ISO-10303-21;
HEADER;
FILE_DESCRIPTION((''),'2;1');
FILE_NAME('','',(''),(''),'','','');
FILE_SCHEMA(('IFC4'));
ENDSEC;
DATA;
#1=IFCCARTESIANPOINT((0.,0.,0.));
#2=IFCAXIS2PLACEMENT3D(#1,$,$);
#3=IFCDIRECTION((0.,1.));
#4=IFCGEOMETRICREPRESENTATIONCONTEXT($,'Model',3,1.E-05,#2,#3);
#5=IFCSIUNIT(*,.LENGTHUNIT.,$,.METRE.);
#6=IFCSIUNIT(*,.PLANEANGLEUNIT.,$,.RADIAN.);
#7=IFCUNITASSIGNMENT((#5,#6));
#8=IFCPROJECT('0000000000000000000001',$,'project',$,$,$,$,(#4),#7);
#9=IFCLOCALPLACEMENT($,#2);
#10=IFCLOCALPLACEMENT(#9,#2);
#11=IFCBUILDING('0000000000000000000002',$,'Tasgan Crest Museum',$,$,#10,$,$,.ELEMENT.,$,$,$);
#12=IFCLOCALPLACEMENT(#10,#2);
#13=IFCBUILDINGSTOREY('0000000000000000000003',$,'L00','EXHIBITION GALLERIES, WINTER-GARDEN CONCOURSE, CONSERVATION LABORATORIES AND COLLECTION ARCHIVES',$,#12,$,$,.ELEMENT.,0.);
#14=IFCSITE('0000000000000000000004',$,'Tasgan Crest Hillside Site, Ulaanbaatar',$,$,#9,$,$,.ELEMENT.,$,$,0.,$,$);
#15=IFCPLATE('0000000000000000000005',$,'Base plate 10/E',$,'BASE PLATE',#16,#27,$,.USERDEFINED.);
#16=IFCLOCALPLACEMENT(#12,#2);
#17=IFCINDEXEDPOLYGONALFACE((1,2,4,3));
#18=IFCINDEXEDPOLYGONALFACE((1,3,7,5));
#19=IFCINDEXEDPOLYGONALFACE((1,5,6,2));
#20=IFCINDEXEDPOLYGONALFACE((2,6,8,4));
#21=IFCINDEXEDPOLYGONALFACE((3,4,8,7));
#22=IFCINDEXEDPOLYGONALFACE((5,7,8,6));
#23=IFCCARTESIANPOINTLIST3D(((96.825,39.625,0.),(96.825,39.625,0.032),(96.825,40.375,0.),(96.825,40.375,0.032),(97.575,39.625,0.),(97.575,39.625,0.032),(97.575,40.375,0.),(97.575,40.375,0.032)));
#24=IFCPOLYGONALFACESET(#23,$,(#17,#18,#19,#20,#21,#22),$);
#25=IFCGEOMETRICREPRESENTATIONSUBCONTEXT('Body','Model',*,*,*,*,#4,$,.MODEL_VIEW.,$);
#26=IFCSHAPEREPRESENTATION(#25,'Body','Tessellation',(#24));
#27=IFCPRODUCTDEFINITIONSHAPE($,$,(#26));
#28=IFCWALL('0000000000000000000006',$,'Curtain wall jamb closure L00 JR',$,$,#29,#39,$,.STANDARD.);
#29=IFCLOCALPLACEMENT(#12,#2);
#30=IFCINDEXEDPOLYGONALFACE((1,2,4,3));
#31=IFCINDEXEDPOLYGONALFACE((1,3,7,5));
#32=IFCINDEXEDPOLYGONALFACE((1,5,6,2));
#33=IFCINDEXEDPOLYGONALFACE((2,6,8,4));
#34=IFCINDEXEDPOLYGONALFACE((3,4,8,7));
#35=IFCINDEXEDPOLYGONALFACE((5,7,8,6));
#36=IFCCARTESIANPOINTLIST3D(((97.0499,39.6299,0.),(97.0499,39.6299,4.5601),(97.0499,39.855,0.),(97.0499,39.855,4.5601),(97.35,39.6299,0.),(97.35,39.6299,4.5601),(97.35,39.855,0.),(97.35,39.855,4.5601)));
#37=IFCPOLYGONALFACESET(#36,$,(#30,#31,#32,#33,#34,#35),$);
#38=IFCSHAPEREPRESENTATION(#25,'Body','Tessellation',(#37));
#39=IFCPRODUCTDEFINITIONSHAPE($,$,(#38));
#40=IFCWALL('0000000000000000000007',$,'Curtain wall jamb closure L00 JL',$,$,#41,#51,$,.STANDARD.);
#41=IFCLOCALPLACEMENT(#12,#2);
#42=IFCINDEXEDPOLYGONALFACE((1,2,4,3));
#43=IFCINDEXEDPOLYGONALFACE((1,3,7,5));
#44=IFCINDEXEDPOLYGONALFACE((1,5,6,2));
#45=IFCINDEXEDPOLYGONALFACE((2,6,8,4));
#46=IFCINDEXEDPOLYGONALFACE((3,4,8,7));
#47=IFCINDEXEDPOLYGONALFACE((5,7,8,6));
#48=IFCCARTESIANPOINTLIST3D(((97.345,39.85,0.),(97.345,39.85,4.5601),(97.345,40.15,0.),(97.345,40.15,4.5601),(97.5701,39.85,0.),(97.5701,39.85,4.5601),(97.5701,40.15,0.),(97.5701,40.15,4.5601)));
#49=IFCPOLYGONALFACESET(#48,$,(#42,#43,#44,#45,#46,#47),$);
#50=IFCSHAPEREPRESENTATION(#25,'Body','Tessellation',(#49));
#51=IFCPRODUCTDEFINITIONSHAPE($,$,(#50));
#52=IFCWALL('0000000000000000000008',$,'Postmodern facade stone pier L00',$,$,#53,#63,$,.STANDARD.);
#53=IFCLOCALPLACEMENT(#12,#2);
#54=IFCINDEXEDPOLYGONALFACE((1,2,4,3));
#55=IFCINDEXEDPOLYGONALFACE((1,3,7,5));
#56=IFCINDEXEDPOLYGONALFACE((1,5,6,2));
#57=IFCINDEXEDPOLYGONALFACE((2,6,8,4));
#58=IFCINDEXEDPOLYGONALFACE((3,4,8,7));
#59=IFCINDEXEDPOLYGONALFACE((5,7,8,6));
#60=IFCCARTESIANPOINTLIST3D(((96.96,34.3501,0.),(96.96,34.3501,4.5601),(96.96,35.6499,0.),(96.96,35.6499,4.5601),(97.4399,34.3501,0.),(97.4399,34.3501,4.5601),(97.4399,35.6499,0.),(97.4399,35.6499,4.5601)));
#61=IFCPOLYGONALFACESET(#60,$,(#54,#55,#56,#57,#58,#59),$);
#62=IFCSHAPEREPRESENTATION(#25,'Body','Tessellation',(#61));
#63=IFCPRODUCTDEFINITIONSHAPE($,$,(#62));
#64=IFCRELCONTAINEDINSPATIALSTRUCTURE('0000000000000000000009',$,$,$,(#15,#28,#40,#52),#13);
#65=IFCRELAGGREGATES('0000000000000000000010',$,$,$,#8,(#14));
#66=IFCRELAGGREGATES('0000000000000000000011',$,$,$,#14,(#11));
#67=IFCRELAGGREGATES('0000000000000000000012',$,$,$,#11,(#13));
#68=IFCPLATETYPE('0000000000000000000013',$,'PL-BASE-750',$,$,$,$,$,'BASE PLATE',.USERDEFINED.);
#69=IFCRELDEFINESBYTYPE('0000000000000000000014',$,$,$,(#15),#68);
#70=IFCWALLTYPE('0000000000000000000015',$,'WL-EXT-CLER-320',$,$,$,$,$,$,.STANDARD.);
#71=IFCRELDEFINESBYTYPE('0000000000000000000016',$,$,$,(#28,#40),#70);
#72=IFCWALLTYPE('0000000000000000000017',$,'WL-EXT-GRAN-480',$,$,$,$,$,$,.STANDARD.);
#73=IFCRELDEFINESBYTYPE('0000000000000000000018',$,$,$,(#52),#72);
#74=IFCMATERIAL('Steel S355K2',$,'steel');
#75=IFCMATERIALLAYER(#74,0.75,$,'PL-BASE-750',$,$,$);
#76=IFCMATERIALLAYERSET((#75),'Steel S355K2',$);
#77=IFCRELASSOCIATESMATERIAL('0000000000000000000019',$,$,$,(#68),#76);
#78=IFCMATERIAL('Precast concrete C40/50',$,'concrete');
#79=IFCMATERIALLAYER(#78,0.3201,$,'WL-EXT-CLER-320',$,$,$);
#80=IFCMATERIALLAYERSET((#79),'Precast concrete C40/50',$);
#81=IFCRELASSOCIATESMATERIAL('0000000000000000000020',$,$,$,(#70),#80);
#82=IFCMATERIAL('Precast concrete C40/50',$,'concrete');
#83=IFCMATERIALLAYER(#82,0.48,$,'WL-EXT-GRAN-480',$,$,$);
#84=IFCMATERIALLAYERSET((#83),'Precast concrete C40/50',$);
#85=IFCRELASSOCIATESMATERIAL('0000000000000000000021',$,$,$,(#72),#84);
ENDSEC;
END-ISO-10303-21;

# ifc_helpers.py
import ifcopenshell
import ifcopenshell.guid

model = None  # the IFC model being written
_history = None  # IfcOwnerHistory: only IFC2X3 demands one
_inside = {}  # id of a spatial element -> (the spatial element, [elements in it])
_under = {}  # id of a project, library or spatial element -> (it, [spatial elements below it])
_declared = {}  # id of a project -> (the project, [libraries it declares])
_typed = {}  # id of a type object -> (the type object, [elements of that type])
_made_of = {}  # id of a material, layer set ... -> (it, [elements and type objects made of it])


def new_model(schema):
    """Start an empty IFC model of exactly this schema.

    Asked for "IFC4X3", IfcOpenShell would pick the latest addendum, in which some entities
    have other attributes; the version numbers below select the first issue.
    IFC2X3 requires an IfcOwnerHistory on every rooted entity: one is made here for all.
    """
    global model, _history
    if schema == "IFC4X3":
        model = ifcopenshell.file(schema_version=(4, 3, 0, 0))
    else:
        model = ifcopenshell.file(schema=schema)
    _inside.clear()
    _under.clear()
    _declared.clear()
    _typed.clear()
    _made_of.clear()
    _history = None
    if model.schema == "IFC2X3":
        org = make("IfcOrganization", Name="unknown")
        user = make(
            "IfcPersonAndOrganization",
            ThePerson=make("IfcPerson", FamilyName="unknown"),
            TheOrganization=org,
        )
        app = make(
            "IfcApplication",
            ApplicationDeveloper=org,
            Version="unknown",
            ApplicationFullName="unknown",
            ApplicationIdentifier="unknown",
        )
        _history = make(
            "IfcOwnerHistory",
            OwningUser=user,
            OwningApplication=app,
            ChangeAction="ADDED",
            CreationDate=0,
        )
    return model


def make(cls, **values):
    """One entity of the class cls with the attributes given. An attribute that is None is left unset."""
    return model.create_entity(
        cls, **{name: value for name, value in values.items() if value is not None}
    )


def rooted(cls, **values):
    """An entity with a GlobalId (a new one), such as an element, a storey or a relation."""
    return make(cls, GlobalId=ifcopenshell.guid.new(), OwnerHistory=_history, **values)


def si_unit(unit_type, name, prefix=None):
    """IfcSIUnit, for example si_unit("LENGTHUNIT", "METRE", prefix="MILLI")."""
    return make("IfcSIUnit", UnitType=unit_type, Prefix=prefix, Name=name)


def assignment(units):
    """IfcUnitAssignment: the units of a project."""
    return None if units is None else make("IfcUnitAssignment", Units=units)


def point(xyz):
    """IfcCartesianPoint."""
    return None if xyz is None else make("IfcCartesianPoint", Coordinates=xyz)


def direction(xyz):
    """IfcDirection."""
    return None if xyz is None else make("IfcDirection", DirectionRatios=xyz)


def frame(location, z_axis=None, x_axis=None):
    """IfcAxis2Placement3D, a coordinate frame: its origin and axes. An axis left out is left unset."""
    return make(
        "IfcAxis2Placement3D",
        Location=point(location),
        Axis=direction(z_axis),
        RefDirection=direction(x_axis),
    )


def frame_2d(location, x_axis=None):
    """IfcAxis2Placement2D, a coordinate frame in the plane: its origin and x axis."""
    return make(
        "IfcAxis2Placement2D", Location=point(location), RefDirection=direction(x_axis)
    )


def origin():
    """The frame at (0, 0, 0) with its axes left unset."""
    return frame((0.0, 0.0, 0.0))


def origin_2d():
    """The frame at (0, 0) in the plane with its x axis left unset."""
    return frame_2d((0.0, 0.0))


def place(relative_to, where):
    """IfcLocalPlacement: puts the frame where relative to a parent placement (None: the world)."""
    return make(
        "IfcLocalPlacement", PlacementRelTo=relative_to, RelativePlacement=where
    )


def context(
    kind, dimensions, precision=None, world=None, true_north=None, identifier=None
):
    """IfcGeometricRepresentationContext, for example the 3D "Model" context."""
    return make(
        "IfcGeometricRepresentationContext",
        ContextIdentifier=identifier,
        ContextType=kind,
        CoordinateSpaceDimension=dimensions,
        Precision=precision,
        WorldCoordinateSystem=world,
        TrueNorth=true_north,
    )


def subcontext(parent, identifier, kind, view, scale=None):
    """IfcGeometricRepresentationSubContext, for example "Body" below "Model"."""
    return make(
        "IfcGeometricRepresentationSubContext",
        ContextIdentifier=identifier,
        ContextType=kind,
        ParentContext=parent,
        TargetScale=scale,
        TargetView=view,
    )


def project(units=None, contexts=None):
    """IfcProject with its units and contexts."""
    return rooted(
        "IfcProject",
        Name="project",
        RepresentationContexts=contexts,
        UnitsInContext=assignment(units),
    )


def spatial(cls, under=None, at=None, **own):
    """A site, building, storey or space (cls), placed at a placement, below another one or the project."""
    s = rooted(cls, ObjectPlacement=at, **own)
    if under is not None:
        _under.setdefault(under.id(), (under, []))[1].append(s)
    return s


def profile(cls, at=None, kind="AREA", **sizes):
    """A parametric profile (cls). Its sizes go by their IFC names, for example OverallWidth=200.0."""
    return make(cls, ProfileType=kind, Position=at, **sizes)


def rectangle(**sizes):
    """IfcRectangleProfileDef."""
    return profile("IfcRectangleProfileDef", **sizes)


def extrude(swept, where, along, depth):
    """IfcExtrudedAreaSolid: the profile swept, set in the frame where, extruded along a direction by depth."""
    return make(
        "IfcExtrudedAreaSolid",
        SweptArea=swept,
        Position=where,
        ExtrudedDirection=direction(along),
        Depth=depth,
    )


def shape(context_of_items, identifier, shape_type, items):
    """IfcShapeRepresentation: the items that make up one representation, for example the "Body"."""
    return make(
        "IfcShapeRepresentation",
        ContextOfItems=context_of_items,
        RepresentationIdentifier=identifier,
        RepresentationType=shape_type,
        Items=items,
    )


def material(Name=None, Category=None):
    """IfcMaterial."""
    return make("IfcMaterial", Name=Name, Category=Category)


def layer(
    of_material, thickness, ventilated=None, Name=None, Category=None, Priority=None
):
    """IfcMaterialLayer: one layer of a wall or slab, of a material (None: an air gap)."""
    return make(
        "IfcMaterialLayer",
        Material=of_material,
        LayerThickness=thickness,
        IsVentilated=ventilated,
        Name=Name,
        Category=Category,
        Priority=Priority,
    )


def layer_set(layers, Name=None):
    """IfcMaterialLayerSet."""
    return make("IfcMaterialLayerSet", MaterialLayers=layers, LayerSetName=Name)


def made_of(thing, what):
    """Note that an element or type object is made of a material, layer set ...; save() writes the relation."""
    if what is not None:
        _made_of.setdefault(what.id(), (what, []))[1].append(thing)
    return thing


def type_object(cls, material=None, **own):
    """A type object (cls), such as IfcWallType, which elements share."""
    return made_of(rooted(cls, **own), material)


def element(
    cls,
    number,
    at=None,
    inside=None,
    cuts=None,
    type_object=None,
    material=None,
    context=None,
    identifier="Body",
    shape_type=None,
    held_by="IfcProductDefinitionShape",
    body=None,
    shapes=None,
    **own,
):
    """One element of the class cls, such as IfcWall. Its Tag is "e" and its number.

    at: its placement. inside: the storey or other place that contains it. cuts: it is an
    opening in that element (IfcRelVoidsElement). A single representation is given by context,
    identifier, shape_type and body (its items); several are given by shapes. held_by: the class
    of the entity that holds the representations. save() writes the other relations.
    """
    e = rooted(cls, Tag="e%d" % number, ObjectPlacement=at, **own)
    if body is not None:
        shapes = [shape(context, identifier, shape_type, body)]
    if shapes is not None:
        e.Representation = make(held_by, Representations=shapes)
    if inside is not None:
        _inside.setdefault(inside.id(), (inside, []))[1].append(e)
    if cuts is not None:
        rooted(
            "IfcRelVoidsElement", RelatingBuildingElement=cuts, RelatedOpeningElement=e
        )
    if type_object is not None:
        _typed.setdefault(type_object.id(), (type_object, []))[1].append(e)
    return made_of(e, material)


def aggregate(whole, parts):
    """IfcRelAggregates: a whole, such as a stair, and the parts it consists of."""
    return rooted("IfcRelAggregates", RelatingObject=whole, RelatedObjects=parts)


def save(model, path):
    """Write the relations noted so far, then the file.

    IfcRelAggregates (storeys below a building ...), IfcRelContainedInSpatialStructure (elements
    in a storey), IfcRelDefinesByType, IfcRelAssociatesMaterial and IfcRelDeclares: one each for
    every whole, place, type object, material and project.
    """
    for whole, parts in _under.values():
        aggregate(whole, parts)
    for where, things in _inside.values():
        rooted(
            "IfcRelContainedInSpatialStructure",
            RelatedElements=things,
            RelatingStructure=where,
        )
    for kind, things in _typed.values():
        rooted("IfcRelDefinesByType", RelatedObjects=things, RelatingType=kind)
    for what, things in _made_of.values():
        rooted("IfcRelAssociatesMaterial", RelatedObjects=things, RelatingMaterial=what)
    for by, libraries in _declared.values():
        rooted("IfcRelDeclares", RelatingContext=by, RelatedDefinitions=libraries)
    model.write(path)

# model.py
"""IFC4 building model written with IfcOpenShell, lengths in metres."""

from ifc_helpers import new_model, si_unit, direction, frame, frame_2d, origin, origin_2d, place, context, subcontext, project, spatial, rectangle, extrude, material, layer, layer_set, type_object, element, save


model = new_model("IFC4")

# Units and contexts
model_context = context("Model", 3, precision=1e-05, world=origin(), true_north=direction((0.0, 1.0)))
body_context = subcontext(model_context, "Body", "Model", "MODEL_VIEW")
ifc_project = project(units=[si_unit("LENGTHUNIT", "METRE"), si_unit("PLANEANGLEUNIT", "RADIAN")], contexts=[model_context])

# Site, building, storey
site_placement = place(None, origin())
site = spatial("IfcSite", under=ifc_project, at=site_placement, Name="Tasgan Crest Hillside Site, Ulaanbaatar", CompositionType="ELEMENT", RefElevation=0.0)
building_placement = place(site_placement, origin())
building = spatial("IfcBuilding", under=site, at=building_placement, Name="Tasgan Crest Museum", CompositionType="ELEMENT")
storey_placement = place(building_placement, origin())
storey = spatial("IfcBuildingStorey", under=building, at=storey_placement, Name="L00", Description="EXHIBITION GALLERIES, WINTER-GARDEN CONCOURSE, CONSERVATION LABORATORIES AND COLLECTION ARCHIVES", CompositionType="ELEMENT", Elevation=0.0)

# Plate
ifc_material_1 = material(Name="Steel S355K2", Category="steel")
ifc_layer_1 = layer(ifc_material_1, 0.75, Name="PL-BASE-750")
ifc_layer_set_1 = layer_set([ifc_layer_1], Name="Steel S355K2")
plate_type_1 = type_object("IfcPlateType", Name="PL-BASE-750", ElementType="BASE PLATE", PredefinedType="USERDEFINED", material=ifc_layer_set_1)
plate_1_placement = place(storey_placement, frame((97.2, 40.0, 0.0), z_axis=(0.0, 0.0, 1.0), x_axis=(1.0, 0.0, 0.0)))
element("IfcPlate", 1, at=plate_1_placement, inside=storey, type_object=plate_type_1, Name="Base plate 10/E", ObjectType="BASE PLATE", PredefinedType="USERDEFINED", context=body_context, shape_type="SweptSolid", body=[
    extrude(rectangle(XDim=0.75, YDim=0.75, at=origin_2d()), origin(), (0.0, 0.0, 1.0), 0.032),
])

# Walls
ifc_material_2 = material(Name="Precast concrete C40/50", Category="concrete")
ifc_layer_2 = layer(ifc_material_2, 0.3201, Name="WL-EXT-CLER-320")
ifc_layer_set_2 = layer_set([ifc_layer_2], Name="Precast concrete C40/50")
wall_type_1 = type_object("IfcWallType", Name="WL-EXT-CLER-320", PredefinedType="STANDARD", material=ifc_layer_set_2)
for number, where, z_axis, x_axis, name in (
    (2, (97.2, 39.6299, 0.0), (0.0, 0.0, 1.0), (0.0, 1.0, 0.0), "Curtain wall jamb closure L00 JR"),
    (3, (97.345, 40.0, 0.0), (0.0, 0.0, 1.0), (1.0, 0.0, 0.0), "Curtain wall jamb closure L00 JL"),
):
    element("IfcWall", number, at=place(storey_placement, frame(where, z_axis=z_axis, x_axis=x_axis)), inside=storey, type_object=wall_type_1, Name=name, PredefinedType="STANDARD", context=body_context, shape_type="SweptSolid", body=[
        extrude(rectangle(XDim=0.2251, YDim=0.3, at=frame_2d((0.1125, 0.0))), origin(), (0.0, 0.0, 1.0), 4.5601),
    ])
ifc_material_3 = material(Name="Precast concrete C40/50", Category="concrete")
ifc_layer_3 = layer(ifc_material_3, 0.48, Name="WL-EXT-GRAN-480")
ifc_layer_set_3 = layer_set([ifc_layer_3], Name="Precast concrete C40/50")
wall_type_2 = type_object("IfcWallType", Name="WL-EXT-GRAN-480", PredefinedType="STANDARD", material=ifc_layer_set_3)
wall_placement = place(storey_placement, frame((97.2, 34.3501, 0.0), z_axis=(0.0, 0.0, 1.0), x_axis=(0.0, 1.0, 0.0)))
element("IfcWall", 4, at=wall_placement, inside=storey, type_object=wall_type_2, Name="Postmodern facade stone pier L00", PredefinedType="STANDARD", context=body_context, shape_type="SweptSolid", body=[
    extrude(rectangle(XDim=1.2998, YDim=0.48, at=frame_2d((0.6499, 0.0))), origin(), (0.0, 0.0, 1.0), 4.5601),
])

save(model, "model.ifc")
